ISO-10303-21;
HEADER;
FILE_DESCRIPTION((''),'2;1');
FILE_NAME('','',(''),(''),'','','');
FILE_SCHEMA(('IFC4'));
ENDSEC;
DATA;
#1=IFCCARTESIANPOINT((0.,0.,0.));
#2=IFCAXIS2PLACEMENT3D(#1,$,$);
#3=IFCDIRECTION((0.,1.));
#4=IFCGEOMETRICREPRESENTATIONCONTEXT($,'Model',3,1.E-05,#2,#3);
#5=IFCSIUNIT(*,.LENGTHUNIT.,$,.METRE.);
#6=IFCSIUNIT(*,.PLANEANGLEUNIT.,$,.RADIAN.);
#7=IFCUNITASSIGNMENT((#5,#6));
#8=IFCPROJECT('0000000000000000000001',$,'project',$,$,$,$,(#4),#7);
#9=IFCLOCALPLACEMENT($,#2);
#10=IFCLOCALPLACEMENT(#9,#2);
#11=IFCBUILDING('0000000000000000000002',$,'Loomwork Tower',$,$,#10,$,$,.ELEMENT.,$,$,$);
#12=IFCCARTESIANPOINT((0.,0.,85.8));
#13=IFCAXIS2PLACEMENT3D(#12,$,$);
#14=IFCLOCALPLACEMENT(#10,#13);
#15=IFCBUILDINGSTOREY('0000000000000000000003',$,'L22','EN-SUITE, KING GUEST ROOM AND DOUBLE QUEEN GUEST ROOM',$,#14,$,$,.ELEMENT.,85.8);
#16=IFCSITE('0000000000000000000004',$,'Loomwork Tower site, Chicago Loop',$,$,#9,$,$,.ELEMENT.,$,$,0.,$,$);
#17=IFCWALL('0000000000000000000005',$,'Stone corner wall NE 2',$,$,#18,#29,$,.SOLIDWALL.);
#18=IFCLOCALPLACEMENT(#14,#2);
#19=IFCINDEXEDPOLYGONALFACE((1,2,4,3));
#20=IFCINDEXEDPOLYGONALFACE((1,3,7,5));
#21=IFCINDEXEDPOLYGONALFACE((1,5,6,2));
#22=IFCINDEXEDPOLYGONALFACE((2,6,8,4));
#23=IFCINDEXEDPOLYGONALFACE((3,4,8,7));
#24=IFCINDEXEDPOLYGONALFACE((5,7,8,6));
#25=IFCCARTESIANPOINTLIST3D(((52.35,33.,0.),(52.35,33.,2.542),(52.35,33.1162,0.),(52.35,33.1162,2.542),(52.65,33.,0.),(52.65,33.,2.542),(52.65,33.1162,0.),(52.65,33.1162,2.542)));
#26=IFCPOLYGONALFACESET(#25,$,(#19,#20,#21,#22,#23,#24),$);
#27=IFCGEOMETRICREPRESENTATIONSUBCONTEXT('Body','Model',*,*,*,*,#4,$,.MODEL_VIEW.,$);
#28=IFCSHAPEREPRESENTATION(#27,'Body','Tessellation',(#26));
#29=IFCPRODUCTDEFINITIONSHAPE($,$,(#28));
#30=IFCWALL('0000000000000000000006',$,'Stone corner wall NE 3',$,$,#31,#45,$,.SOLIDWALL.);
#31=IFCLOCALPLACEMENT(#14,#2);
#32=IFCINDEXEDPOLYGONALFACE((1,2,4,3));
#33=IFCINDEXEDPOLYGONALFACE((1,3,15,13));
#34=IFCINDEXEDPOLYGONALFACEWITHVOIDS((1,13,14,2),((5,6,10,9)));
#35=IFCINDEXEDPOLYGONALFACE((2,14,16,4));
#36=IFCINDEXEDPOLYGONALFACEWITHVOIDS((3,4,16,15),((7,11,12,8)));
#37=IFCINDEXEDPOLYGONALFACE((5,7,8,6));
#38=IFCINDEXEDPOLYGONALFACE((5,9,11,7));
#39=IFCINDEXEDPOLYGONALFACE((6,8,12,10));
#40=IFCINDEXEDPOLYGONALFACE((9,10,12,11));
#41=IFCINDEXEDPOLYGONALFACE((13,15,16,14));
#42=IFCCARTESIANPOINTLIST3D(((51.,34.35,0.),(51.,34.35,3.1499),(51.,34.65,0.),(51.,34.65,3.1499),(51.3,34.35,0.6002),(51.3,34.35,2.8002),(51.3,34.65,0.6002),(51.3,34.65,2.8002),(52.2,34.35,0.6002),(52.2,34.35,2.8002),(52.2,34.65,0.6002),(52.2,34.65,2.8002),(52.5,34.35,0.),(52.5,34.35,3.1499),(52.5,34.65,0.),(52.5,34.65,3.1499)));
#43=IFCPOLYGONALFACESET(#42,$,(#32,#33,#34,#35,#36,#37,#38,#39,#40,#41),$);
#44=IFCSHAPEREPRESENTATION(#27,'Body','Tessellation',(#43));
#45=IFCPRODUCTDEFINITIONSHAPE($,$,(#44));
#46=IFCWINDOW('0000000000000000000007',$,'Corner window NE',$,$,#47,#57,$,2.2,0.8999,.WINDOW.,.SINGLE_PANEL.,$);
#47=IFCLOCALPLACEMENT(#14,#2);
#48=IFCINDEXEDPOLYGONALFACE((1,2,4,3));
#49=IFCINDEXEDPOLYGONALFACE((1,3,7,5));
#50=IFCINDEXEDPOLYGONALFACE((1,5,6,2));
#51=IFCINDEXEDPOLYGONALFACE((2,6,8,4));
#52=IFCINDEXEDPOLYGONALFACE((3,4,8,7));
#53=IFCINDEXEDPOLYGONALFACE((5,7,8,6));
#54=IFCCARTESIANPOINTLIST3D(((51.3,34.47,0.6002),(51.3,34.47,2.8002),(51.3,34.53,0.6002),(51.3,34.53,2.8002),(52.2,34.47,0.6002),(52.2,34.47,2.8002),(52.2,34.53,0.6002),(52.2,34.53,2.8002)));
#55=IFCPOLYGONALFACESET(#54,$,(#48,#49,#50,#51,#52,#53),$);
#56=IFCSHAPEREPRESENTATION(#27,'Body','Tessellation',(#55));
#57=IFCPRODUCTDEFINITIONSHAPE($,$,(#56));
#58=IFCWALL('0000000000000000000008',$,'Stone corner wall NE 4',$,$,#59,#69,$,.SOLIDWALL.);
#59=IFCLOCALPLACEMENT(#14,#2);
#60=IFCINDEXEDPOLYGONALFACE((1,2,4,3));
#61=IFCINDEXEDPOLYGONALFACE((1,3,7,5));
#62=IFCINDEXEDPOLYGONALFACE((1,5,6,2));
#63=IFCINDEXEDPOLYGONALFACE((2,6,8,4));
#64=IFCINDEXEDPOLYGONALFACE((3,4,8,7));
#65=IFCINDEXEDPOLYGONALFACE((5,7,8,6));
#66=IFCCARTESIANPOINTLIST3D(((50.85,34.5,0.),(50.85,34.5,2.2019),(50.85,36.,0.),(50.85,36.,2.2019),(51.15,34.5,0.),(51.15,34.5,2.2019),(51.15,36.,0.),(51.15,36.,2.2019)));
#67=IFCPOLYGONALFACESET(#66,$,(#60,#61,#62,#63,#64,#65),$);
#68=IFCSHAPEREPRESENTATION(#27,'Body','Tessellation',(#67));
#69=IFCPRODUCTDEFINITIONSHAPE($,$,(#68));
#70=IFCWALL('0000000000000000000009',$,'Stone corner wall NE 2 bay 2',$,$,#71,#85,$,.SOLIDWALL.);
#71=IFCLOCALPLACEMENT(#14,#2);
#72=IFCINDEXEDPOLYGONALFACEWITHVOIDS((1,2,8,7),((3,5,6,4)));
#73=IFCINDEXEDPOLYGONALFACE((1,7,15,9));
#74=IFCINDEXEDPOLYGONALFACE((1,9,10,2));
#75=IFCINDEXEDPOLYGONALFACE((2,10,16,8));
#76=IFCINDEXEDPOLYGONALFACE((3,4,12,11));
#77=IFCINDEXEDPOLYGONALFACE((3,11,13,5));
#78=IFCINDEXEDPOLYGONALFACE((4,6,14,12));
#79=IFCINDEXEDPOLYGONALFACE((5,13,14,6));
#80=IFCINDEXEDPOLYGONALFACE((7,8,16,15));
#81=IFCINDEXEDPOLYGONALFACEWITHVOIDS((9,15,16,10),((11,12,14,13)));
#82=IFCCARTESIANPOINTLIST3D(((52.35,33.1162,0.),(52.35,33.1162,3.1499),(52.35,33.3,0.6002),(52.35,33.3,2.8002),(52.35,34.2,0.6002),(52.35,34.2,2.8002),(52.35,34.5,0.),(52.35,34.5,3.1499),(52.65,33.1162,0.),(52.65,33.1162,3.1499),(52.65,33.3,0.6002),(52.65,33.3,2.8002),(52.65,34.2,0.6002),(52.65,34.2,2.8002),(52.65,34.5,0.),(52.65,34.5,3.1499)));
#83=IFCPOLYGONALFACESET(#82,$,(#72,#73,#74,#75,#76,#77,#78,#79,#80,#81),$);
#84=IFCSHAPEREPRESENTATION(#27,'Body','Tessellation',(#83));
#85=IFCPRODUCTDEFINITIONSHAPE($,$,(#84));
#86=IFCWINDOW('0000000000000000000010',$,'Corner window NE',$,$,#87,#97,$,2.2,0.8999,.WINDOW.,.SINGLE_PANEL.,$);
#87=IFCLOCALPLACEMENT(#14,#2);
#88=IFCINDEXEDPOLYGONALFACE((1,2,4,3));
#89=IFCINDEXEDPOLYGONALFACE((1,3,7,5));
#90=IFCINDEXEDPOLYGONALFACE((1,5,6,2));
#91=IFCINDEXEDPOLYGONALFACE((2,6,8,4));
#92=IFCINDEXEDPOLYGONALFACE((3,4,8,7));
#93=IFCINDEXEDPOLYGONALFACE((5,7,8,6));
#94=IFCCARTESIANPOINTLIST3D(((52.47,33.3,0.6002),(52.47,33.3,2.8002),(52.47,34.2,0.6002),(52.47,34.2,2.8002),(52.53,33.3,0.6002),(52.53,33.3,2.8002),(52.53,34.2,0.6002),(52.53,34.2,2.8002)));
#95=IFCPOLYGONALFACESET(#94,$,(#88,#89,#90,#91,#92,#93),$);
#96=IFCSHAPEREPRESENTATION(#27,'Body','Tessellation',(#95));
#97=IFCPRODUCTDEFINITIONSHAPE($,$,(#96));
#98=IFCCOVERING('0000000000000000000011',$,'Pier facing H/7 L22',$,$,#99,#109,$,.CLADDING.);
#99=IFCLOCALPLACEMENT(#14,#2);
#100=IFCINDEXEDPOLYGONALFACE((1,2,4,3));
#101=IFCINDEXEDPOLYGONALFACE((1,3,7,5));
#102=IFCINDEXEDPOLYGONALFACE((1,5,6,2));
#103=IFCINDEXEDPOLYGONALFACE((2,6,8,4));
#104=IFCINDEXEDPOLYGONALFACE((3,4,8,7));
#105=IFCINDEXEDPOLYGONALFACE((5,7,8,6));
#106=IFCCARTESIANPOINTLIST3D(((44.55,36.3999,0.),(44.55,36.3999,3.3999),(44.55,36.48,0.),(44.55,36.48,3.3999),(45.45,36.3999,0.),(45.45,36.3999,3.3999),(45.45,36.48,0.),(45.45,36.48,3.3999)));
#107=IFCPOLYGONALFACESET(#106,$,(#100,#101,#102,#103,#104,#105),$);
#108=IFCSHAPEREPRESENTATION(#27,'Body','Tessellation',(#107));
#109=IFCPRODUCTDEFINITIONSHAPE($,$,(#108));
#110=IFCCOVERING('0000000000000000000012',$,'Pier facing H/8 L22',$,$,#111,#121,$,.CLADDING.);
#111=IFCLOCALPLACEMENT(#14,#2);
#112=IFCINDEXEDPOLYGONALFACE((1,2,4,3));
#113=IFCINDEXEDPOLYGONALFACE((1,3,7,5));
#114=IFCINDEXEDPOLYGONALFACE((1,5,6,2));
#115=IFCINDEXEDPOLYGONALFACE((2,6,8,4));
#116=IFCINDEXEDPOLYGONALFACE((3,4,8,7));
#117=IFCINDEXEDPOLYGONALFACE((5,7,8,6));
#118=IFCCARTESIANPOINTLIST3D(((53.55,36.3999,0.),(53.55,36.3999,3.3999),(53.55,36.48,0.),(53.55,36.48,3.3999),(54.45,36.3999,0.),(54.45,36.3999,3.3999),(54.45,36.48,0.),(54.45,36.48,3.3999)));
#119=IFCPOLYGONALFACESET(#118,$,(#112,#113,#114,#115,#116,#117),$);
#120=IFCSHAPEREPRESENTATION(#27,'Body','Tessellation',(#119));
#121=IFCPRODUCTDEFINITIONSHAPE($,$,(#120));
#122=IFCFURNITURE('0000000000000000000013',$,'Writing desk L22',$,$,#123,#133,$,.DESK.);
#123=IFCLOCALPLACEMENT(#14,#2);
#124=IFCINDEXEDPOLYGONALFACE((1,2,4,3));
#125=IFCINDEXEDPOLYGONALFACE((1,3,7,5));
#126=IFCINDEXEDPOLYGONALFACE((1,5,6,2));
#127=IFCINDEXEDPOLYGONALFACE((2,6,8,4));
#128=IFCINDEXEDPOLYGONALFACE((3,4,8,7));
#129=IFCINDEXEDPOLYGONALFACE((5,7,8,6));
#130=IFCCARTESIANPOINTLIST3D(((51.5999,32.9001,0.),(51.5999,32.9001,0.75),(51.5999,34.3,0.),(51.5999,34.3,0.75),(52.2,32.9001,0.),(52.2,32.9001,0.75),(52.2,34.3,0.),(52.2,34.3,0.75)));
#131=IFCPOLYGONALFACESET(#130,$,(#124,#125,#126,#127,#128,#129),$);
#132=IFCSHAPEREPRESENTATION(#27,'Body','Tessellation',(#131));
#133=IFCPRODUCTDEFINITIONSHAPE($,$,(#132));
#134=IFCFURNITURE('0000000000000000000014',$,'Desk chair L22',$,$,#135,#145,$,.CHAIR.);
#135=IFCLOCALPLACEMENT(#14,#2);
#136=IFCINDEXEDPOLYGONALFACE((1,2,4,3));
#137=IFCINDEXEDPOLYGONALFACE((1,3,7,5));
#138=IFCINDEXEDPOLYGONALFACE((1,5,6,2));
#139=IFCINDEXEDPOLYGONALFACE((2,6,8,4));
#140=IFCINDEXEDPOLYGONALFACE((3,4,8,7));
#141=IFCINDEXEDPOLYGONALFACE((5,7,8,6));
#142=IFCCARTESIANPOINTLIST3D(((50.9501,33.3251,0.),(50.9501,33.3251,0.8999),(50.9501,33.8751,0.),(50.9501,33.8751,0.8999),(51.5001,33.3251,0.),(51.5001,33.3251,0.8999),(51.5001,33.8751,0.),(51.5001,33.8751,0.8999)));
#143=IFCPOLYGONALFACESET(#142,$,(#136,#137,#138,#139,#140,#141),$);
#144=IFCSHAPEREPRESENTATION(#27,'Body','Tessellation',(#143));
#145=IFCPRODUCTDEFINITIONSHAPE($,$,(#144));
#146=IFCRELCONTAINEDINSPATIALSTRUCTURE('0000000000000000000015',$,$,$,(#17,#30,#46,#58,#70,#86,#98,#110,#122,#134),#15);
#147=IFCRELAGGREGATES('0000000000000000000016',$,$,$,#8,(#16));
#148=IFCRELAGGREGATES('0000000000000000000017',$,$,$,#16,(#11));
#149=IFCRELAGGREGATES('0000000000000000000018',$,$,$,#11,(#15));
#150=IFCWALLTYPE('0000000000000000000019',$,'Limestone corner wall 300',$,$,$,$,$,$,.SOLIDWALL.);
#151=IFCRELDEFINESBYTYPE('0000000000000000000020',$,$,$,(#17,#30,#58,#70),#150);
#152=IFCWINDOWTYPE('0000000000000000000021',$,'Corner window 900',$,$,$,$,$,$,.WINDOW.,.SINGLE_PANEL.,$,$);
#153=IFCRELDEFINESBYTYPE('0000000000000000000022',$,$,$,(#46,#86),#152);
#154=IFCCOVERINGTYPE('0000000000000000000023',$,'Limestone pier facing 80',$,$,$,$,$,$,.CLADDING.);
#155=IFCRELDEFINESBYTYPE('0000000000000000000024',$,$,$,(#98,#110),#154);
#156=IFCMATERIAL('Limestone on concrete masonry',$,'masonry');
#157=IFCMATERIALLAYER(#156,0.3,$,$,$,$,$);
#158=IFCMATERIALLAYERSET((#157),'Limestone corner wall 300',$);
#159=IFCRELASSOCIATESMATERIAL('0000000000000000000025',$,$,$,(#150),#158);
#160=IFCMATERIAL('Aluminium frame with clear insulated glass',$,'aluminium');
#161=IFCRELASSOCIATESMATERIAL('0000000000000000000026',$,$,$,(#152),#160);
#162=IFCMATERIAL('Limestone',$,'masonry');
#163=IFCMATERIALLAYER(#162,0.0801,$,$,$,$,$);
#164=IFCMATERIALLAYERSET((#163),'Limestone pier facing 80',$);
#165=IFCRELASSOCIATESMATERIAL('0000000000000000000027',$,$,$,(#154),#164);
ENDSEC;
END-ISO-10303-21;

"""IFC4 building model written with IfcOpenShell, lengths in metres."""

from ifc_helpers import new_model, si_unit, direction, frame, frame_2d, origin, origin_2d, place, context, subcontext, project, spatial, rectangle, extrude, material, layer, layer_set, type_object, element, fill, save


model = new_model("IFC4")

# Units and contexts
model_context = context("Model", 3, precision=1e-05, world=origin(), true_north=direction((0.0, 1.0)))
body_context = subcontext(model_context, "Body", "Model", "MODEL_VIEW")
ifc_project = project(units=[si_unit("LENGTHUNIT", "METRE"), si_unit("PLANEANGLEUNIT", "RADIAN")], contexts=[model_context])

# Site, building, storey
site_placement = place(None, origin())
site = spatial("IfcSite", under=ifc_project, at=site_placement, Name="Loomwork Tower site, Chicago Loop", CompositionType="ELEMENT", RefElevation=0.0)
building_placement = place(site_placement, origin())
building = spatial("IfcBuilding", under=site, at=building_placement, Name="Loomwork Tower", CompositionType="ELEMENT")
storey_placement = place(building_placement, frame((0.0, 0.0, 85.8)))
storey = spatial("IfcBuildingStorey", under=building, at=storey_placement, Name="L22", Description="EN-SUITE, KING GUEST ROOM AND DOUBLE QUEEN GUEST ROOM", CompositionType="ELEMENT", Elevation=85.8)

# Wall
ifc_material_1 = material(Name="Limestone on concrete masonry", Category="masonry")
ifc_layer_1 = layer(ifc_material_1, 0.3)
ifc_layer_set_1 = layer_set([ifc_layer_1], Name="Limestone corner wall 300")
wall_type_1 = type_object("IfcWallType", Name="Limestone corner wall 300", PredefinedType="SOLIDWALL", material=ifc_layer_set_1)
wall_1_placement = place(storey_placement, frame((52.5, 33.0, 0.0), z_axis=(0.0, 0.0, 1.0), x_axis=(0.0, 1.0, 0.0)))
element("IfcWall", 1, at=wall_1_placement, inside=storey, type_object=wall_type_1, Name="Stone corner wall NE 2", PredefinedType="SOLIDWALL", context=body_context, shape_type="SweptSolid", body=[
    extrude(rectangle(XDim=0.1162, YDim=0.3, at=frame_2d((0.0581, 0.0))), origin(), (0.0, 0.0, 1.0), 2.542),
])

# Wall, opening, window
wall_2_placement = place(storey_placement, frame((52.5, 34.5, 0.0), z_axis=(0.0, 0.0, 1.0), x_axis=(-1.0, 0.0, 0.0)))
wall_2 = element("IfcWall", 2, at=wall_2_placement, inside=storey, type_object=wall_type_1, Name="Stone corner wall NE 3", PredefinedType="SOLIDWALL", context=body_context, shape_type="SweptSolid", body=[
    extrude(rectangle(XDim=1.5, YDim=0.3, at=frame_2d((0.75, 0.0))), origin(), (0.0, 0.0, 1.0), 3.1499),
])
opening_1_placement = place(wall_2_placement, frame((0.3, 0.0, 0.6001)))
opening_1 = element("IfcOpeningElement", 3, at=opening_1_placement, cuts=wall_2, PredefinedType="OPENING", context=body_context, shape_type="SweptSolid", body=[
    extrude(rectangle(XDim=0.8999, YDim=2.2, at=frame_2d((0.45, 1.1001))), frame((0.0, 0.1599, 0.0), z_axis=(0.0, -1.0, 0.0), x_axis=(1.0, 0.0, 0.0)), (0.0, 0.0, 1.0), 0.3201),
])
ifc_material_2 = material(Name="Aluminium frame with clear insulated glass", Category="aluminium")
window_type_1 = type_object("IfcWindowType", Name="Corner window 900", PartitioningType="SINGLE_PANEL", PredefinedType="WINDOW", material=ifc_material_2)
window_1_placement = place(opening_1_placement, origin())
window_1 = element("IfcWindow", 4, at=window_1_placement, inside=storey, type_object=window_type_1, Name="Corner window NE", OverallHeight=2.2, OverallWidth=0.8999, PartitioningType="SINGLE_PANEL", PredefinedType="WINDOW", context=body_context, shape_type="SweptSolid", body=[
    extrude(rectangle(XDim=0.8999, YDim=2.2, at=frame_2d((0.45, 1.1001))), frame((0.0, 0.03, 0.0), z_axis=(0.0, -1.0, 0.0), x_axis=(1.0, 0.0, 0.0)), (0.0, 0.0, 1.0), 0.0601),
])
fill(opening_1, window_1)

# Wall
wall_3_placement = place(storey_placement, frame((51.0, 34.5, 0.0), z_axis=(0.0, 0.0, 1.0), x_axis=(0.0, 1.0, 0.0)))
element("IfcWall", 5, at=wall_3_placement, inside=storey, type_object=wall_type_1, Name="Stone corner wall NE 4", PredefinedType="SOLIDWALL", context=body_context, shape_type="SweptSolid", body=[
    extrude(rectangle(XDim=1.5, YDim=0.3, at=frame_2d((0.75, 0.0))), origin(), (0.0, 0.0, 1.0), 2.2019),
])

# Wall, opening, window
wall_4_placement = place(storey_placement, frame((52.5, 33.1162, 0.0), z_axis=(0.0, 0.0, 1.0), x_axis=(0.0, 1.0, 0.0)))
wall_4 = element("IfcWall", 6, at=wall_4_placement, inside=storey, type_object=wall_type_1, Name="Stone corner wall NE 2 bay 2", PredefinedType="SOLIDWALL", context=body_context, shape_type="SweptSolid", body=[
    extrude(rectangle(XDim=1.3838, YDim=0.3, at=frame_2d((0.6919, 0.0))), origin(), (0.0, 0.0, 1.0), 3.1499),
])
opening_2_placement = place(wall_4_placement, frame((0.1838, 0.0, 0.6001)))
opening_2 = element("IfcOpeningElement", 7, at=opening_2_placement, cuts=wall_4, PredefinedType="OPENING", context=body_context, shape_type="SweptSolid", body=[
    extrude(rectangle(XDim=0.8999, YDim=2.2, at=frame_2d((0.45, 1.1001))), frame((0.0, 0.1599, 0.0), z_axis=(0.0, -1.0, 0.0), x_axis=(1.0, 0.0, 0.0)), (0.0, 0.0, 1.0), 0.3201),
])
window_2_placement = place(opening_2_placement, origin())
window_2 = element("IfcWindow", 8, at=window_2_placement, inside=storey, type_object=window_type_1, Name="Corner window NE", OverallHeight=2.2, OverallWidth=0.8999, PartitioningType="SINGLE_PANEL", PredefinedType="WINDOW", context=body_context, shape_type="SweptSolid", body=[
    extrude(rectangle(XDim=0.8999, YDim=2.2, at=frame_2d((0.45, 1.1001))), frame((0.0, 0.03, 0.0), z_axis=(0.0, -1.0, 0.0), x_axis=(1.0, 0.0, 0.0)), (0.0, 0.0, 1.0), 0.0601),
])
fill(opening_2, window_2)

# Coverings
ifc_material_3 = material(Name="Limestone", Category="masonry")
ifc_layer_2 = layer(ifc_material_3, 0.0801)
ifc_layer_set_2 = layer_set([ifc_layer_2], Name="Limestone pier facing 80")
covering_type = type_object("IfcCoveringType", Name="Limestone pier facing 80", PredefinedType="CLADDING", material=ifc_layer_set_2)
for number, where, z_axis, x_axis, name in (
    (9, (45.0, 36.4399, 0.0), (0.0, 0.0, 1.0), (1.0, 0.0, 0.0), "Pier facing H/7 L22"),
    (10, (54.0, 36.4399, 0.0), (0.0, 0.0, 1.0), (1.0, 0.0, 0.0), "Pier facing H/8 L22"),
):
    element("IfcCovering", number, at=place(storey_placement, frame(where, z_axis=z_axis, x_axis=x_axis)), inside=storey, type_object=covering_type, Name=name, PredefinedType="CLADDING", context=body_context, shape_type="SweptSolid", body=[
        extrude(rectangle(XDim=0.8999, YDim=0.0801, at=origin_2d()), origin(), (0.0, 0.0, 1.0), 3.3999),
    ])

# Furniture
furniture_1_placement = place(storey_placement, frame((51.8999, 33.6001, 0.0), z_axis=(0.0, 0.0, 1.0), x_axis=(1.0, 0.0, 0.0)))
element("IfcFurniture", 11, at=furniture_1_placement, inside=storey, Name="Writing desk L22", PredefinedType="DESK", context=body_context, shape_type="SweptSolid", body=[
    extrude(rectangle(XDim=0.6001, YDim=1.3999, at=origin_2d()), origin(), (0.0, 0.0, 1.0), 0.75),
])
furniture_2_placement = place(storey_placement, frame((51.2251, 33.6001, 0.0), z_axis=(0.0, 0.0, 1.0), x_axis=(1.0, 0.0, 0.0)))
element("IfcFurniture", 12, at=furniture_2_placement, inside=storey, Name="Desk chair L22", PredefinedType="CHAIR", context=body_context, shape_type="SweptSolid", body=[
    extrude(rectangle(XDim=0.55, YDim=0.55, at=origin_2d()), origin(), (0.0, 0.0, 1.0), 0.8999),
])

save(model, "model.ifc")
